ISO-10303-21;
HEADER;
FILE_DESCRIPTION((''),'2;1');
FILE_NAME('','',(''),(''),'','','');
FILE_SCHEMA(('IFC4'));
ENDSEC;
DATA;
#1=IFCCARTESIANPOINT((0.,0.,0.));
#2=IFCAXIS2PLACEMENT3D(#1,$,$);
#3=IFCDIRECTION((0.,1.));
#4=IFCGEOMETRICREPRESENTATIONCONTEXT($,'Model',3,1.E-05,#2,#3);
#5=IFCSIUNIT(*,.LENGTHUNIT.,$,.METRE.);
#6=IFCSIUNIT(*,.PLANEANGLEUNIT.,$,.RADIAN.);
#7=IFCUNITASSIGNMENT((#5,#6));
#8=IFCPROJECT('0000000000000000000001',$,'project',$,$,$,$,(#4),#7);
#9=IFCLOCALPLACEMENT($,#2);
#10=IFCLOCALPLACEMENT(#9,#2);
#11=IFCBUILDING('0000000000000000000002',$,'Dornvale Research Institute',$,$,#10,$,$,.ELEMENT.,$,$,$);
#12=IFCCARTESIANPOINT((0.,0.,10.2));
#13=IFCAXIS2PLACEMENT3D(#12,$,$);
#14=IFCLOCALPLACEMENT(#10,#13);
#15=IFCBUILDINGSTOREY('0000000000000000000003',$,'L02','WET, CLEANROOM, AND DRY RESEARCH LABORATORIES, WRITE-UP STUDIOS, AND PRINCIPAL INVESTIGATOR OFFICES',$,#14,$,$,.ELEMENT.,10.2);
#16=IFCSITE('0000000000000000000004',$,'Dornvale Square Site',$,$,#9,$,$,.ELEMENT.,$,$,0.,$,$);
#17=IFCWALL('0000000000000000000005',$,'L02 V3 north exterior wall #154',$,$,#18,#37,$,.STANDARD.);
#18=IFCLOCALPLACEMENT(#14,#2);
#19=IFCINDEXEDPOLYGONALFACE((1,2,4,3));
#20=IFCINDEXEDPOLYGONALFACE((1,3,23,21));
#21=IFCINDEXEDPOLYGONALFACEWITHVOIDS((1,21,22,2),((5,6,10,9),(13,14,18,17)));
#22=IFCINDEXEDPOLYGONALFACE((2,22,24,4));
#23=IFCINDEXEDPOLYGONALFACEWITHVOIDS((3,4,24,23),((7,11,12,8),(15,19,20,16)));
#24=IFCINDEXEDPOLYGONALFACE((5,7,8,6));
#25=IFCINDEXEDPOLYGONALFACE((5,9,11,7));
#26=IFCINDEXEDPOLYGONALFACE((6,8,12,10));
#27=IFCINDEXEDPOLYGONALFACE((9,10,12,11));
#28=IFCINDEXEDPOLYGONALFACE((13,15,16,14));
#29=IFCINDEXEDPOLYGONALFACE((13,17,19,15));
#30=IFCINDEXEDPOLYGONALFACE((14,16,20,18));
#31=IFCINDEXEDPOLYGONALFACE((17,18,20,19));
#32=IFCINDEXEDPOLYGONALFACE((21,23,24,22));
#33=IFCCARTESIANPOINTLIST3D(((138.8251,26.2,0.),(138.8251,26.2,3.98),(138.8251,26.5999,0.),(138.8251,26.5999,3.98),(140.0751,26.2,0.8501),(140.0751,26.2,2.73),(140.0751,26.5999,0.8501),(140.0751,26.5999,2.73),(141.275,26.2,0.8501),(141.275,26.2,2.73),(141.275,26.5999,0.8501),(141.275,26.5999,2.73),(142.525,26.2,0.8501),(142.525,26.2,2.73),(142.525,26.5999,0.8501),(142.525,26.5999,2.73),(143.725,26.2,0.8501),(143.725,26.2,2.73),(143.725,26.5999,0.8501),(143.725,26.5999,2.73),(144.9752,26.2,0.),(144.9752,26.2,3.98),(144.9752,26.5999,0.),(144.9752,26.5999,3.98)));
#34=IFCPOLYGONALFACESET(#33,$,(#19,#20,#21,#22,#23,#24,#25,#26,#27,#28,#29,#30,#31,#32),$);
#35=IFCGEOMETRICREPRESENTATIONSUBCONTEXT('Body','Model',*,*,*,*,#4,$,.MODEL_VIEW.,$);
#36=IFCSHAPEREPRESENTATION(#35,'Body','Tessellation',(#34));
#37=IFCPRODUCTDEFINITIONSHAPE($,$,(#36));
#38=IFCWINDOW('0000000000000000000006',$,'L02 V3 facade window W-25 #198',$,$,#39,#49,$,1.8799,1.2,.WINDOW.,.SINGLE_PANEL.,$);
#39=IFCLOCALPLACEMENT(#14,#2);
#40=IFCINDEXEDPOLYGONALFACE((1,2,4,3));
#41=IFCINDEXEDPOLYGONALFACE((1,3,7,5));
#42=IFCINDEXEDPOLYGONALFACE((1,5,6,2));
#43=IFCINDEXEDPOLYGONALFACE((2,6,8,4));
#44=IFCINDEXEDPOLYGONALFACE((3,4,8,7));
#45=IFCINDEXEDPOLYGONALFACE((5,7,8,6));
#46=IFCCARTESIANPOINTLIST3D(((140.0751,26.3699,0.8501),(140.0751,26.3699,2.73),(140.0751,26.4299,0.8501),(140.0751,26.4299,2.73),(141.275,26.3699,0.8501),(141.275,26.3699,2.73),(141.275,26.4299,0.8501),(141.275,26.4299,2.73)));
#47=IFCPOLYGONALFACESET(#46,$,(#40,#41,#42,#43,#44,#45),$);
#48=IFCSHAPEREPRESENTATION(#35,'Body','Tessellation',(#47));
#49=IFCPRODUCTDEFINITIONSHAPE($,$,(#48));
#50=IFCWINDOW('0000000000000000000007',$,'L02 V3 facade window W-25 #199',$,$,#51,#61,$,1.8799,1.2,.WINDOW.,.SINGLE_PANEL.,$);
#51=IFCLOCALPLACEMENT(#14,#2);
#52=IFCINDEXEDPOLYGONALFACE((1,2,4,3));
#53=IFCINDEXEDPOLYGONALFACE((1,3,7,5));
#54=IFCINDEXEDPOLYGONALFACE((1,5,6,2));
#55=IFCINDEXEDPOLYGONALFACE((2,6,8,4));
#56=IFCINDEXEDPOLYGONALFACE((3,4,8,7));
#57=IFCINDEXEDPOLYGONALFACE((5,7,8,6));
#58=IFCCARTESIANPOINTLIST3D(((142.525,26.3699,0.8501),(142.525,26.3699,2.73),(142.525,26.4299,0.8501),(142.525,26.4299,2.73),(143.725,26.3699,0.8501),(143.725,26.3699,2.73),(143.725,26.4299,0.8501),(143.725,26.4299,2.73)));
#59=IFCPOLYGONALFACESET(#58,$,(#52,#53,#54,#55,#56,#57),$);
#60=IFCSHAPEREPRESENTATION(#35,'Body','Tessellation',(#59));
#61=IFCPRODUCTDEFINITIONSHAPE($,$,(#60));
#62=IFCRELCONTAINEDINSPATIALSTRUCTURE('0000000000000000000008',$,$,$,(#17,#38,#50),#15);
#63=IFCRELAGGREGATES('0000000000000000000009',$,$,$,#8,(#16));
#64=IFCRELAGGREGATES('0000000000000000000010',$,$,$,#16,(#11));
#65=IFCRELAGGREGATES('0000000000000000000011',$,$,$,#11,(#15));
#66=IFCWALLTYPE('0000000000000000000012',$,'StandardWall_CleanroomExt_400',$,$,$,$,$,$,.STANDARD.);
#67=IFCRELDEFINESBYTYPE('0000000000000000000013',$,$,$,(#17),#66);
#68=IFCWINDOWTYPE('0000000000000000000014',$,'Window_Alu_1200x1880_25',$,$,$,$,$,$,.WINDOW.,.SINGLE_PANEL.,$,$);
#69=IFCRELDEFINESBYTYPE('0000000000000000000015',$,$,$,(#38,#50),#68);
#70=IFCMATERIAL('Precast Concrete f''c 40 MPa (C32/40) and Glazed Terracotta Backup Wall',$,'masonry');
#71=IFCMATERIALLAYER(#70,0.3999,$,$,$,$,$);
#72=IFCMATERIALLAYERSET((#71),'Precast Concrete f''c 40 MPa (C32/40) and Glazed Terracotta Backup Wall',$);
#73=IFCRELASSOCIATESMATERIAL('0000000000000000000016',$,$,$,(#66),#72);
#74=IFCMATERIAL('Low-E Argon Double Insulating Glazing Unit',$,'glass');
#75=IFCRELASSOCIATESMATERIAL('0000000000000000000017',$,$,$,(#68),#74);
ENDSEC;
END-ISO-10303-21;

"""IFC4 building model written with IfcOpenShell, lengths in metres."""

from ifc_helpers import new_model, si_unit, direction, frame, frame_2d, origin, place, context, subcontext, project, spatial, rectangle, extrude, material, layer, layer_set, type_object, element, fill, save


model = new_model("IFC4")

# Units and contexts
model_context = context("Model", 3, precision=1e-05, world=origin(), true_north=direction((0.0, 1.0)))
body_context = subcontext(model_context, "Body", "Model", "MODEL_VIEW")
ifc_project = project(units=[si_unit("LENGTHUNIT", "METRE"), si_unit("PLANEANGLEUNIT", "RADIAN")], contexts=[model_context])

# Site, building, storey
site_placement = place(None, origin())
site = spatial("IfcSite", under=ifc_project, at=site_placement, Name="Dornvale Square Site", CompositionType="ELEMENT", RefElevation=0.0)
building_placement = place(site_placement, origin())
building = spatial("IfcBuilding", under=site, at=building_placement, Name="Dornvale Research Institute", CompositionType="ELEMENT")
storey_placement = place(building_placement, frame((0.0, 0.0, 10.2)))
storey = spatial("IfcBuildingStorey", under=building, at=storey_placement, Name="L02", Description="WET, CLEANROOM, AND DRY RESEARCH LABORATORIES, WRITE-UP STUDIOS, AND PRINCIPAL INVESTIGATOR OFFICES", CompositionType="ELEMENT", Elevation=10.2)

# Wall, openings, windows
ifc_material_1 = material(Name="Precast Concrete f'c 40 MPa (C32/40) and Glazed Terracotta Backup Wall", Category="masonry")
ifc_layer_1 = layer(ifc_material_1, 0.3999)
ifc_layer_set_1 = layer_set([ifc_layer_1], Name="Precast Concrete f'c 40 MPa (C32/40) and Glazed Terracotta Backup Wall")
wall_type = type_object("IfcWallType", Name="StandardWall_CleanroomExt_400", PredefinedType="STANDARD", material=ifc_layer_set_1)
wall_placement = place(storey_placement, frame((138.825, 26.3999, 0.0), z_axis=(0.0, 0.0, 1.0), x_axis=(1.0, 0.0, 0.0)))
wall = element("IfcWall", 1, at=wall_placement, inside=storey, type_object=wall_type, Name="L02 V3 north exterior wall #154", PredefinedType="STANDARD", context=body_context, shape_type="SweptSolid", body=[
    extrude(rectangle(XDim=6.1501, YDim=0.3999, at=frame_2d((3.0752, 0.0))), origin(), (0.0, 0.0, 1.0), 3.98),
])
opening_1_placement = place(wall_placement, frame((1.25, 0.0, 0.8501)))
opening_1 = element("IfcOpeningElement", 2, at=opening_1_placement, cuts=wall, PredefinedType="OPENING", context=body_context, shape_type="SweptSolid", body=[
    extrude(rectangle(XDim=1.2, YDim=1.8799, at=frame_2d((0.6001, 0.9399))), frame((0.0, 0.2148, 0.0), z_axis=(0.0, -1.0, 0.0), x_axis=(1.0, 0.0, 0.0)), (0.0, 0.0, 1.0), 0.4299),
])
opening_2_placement = place(wall_placement, frame((3.7, 0.0, 0.8501)))
opening_2 = element("IfcOpeningElement", 3, at=opening_2_placement, cuts=wall, PredefinedType="OPENING", context=body_context, shape_type="SweptSolid", body=[
    extrude(rectangle(XDim=1.2, YDim=1.8799, at=frame_2d((0.6001, 0.9399))), frame((0.0, 0.2148, 0.0), z_axis=(0.0, -1.0, 0.0), x_axis=(1.0, 0.0, 0.0)), (0.0, 0.0, 1.0), 0.4299),
])
ifc_material_2 = material(Name="Low-E Argon Double Insulating Glazing Unit", Category="glass")
window_type = type_object("IfcWindowType", Name="Window_Alu_1200x1880_25", PartitioningType="SINGLE_PANEL", PredefinedType="WINDOW", material=ifc_material_2)
window_1_placement = place(opening_1_placement, origin())
window_1 = element("IfcWindow", 4, at=window_1_placement, inside=storey, type_object=window_type, Name="L02 V3 facade window W-25 #198", OverallHeight=1.8799, OverallWidth=1.2, PartitioningType="SINGLE_PANEL", PredefinedType="WINDOW", context=body_context, shape_type="SweptSolid", body=[
    extrude(rectangle(XDim=1.2, YDim=1.8799, at=frame_2d((0.6001, 0.9399))), frame((0.0, 0.03, 0.0), z_axis=(0.0, -1.0, 0.0), x_axis=(1.0, 0.0, 0.0)), (0.0, 0.0, 1.0), 0.0601),
])
fill(opening_1, window_1)
window_2_placement = place(opening_2_placement, origin())
window_2 = element("IfcWindow", 5, at=window_2_placement, inside=storey, type_object=window_type, Name="L02 V3 facade window W-25 #199", OverallHeight=1.8799, OverallWidth=1.2, PartitioningType="SINGLE_PANEL", PredefinedType="WINDOW", context=body_context, shape_type="SweptSolid", body=[
    extrude(rectangle(XDim=1.2, YDim=1.8799, at=frame_2d((0.6001, 0.9399))), frame((0.0, 0.03, 0.0), z_axis=(0.0, -1.0, 0.0), x_axis=(1.0, 0.0, 0.0)), (0.0, 0.0, 1.0), 0.0601),
])
fill(opening_2, window_2)

save(model, "model.ifc")
